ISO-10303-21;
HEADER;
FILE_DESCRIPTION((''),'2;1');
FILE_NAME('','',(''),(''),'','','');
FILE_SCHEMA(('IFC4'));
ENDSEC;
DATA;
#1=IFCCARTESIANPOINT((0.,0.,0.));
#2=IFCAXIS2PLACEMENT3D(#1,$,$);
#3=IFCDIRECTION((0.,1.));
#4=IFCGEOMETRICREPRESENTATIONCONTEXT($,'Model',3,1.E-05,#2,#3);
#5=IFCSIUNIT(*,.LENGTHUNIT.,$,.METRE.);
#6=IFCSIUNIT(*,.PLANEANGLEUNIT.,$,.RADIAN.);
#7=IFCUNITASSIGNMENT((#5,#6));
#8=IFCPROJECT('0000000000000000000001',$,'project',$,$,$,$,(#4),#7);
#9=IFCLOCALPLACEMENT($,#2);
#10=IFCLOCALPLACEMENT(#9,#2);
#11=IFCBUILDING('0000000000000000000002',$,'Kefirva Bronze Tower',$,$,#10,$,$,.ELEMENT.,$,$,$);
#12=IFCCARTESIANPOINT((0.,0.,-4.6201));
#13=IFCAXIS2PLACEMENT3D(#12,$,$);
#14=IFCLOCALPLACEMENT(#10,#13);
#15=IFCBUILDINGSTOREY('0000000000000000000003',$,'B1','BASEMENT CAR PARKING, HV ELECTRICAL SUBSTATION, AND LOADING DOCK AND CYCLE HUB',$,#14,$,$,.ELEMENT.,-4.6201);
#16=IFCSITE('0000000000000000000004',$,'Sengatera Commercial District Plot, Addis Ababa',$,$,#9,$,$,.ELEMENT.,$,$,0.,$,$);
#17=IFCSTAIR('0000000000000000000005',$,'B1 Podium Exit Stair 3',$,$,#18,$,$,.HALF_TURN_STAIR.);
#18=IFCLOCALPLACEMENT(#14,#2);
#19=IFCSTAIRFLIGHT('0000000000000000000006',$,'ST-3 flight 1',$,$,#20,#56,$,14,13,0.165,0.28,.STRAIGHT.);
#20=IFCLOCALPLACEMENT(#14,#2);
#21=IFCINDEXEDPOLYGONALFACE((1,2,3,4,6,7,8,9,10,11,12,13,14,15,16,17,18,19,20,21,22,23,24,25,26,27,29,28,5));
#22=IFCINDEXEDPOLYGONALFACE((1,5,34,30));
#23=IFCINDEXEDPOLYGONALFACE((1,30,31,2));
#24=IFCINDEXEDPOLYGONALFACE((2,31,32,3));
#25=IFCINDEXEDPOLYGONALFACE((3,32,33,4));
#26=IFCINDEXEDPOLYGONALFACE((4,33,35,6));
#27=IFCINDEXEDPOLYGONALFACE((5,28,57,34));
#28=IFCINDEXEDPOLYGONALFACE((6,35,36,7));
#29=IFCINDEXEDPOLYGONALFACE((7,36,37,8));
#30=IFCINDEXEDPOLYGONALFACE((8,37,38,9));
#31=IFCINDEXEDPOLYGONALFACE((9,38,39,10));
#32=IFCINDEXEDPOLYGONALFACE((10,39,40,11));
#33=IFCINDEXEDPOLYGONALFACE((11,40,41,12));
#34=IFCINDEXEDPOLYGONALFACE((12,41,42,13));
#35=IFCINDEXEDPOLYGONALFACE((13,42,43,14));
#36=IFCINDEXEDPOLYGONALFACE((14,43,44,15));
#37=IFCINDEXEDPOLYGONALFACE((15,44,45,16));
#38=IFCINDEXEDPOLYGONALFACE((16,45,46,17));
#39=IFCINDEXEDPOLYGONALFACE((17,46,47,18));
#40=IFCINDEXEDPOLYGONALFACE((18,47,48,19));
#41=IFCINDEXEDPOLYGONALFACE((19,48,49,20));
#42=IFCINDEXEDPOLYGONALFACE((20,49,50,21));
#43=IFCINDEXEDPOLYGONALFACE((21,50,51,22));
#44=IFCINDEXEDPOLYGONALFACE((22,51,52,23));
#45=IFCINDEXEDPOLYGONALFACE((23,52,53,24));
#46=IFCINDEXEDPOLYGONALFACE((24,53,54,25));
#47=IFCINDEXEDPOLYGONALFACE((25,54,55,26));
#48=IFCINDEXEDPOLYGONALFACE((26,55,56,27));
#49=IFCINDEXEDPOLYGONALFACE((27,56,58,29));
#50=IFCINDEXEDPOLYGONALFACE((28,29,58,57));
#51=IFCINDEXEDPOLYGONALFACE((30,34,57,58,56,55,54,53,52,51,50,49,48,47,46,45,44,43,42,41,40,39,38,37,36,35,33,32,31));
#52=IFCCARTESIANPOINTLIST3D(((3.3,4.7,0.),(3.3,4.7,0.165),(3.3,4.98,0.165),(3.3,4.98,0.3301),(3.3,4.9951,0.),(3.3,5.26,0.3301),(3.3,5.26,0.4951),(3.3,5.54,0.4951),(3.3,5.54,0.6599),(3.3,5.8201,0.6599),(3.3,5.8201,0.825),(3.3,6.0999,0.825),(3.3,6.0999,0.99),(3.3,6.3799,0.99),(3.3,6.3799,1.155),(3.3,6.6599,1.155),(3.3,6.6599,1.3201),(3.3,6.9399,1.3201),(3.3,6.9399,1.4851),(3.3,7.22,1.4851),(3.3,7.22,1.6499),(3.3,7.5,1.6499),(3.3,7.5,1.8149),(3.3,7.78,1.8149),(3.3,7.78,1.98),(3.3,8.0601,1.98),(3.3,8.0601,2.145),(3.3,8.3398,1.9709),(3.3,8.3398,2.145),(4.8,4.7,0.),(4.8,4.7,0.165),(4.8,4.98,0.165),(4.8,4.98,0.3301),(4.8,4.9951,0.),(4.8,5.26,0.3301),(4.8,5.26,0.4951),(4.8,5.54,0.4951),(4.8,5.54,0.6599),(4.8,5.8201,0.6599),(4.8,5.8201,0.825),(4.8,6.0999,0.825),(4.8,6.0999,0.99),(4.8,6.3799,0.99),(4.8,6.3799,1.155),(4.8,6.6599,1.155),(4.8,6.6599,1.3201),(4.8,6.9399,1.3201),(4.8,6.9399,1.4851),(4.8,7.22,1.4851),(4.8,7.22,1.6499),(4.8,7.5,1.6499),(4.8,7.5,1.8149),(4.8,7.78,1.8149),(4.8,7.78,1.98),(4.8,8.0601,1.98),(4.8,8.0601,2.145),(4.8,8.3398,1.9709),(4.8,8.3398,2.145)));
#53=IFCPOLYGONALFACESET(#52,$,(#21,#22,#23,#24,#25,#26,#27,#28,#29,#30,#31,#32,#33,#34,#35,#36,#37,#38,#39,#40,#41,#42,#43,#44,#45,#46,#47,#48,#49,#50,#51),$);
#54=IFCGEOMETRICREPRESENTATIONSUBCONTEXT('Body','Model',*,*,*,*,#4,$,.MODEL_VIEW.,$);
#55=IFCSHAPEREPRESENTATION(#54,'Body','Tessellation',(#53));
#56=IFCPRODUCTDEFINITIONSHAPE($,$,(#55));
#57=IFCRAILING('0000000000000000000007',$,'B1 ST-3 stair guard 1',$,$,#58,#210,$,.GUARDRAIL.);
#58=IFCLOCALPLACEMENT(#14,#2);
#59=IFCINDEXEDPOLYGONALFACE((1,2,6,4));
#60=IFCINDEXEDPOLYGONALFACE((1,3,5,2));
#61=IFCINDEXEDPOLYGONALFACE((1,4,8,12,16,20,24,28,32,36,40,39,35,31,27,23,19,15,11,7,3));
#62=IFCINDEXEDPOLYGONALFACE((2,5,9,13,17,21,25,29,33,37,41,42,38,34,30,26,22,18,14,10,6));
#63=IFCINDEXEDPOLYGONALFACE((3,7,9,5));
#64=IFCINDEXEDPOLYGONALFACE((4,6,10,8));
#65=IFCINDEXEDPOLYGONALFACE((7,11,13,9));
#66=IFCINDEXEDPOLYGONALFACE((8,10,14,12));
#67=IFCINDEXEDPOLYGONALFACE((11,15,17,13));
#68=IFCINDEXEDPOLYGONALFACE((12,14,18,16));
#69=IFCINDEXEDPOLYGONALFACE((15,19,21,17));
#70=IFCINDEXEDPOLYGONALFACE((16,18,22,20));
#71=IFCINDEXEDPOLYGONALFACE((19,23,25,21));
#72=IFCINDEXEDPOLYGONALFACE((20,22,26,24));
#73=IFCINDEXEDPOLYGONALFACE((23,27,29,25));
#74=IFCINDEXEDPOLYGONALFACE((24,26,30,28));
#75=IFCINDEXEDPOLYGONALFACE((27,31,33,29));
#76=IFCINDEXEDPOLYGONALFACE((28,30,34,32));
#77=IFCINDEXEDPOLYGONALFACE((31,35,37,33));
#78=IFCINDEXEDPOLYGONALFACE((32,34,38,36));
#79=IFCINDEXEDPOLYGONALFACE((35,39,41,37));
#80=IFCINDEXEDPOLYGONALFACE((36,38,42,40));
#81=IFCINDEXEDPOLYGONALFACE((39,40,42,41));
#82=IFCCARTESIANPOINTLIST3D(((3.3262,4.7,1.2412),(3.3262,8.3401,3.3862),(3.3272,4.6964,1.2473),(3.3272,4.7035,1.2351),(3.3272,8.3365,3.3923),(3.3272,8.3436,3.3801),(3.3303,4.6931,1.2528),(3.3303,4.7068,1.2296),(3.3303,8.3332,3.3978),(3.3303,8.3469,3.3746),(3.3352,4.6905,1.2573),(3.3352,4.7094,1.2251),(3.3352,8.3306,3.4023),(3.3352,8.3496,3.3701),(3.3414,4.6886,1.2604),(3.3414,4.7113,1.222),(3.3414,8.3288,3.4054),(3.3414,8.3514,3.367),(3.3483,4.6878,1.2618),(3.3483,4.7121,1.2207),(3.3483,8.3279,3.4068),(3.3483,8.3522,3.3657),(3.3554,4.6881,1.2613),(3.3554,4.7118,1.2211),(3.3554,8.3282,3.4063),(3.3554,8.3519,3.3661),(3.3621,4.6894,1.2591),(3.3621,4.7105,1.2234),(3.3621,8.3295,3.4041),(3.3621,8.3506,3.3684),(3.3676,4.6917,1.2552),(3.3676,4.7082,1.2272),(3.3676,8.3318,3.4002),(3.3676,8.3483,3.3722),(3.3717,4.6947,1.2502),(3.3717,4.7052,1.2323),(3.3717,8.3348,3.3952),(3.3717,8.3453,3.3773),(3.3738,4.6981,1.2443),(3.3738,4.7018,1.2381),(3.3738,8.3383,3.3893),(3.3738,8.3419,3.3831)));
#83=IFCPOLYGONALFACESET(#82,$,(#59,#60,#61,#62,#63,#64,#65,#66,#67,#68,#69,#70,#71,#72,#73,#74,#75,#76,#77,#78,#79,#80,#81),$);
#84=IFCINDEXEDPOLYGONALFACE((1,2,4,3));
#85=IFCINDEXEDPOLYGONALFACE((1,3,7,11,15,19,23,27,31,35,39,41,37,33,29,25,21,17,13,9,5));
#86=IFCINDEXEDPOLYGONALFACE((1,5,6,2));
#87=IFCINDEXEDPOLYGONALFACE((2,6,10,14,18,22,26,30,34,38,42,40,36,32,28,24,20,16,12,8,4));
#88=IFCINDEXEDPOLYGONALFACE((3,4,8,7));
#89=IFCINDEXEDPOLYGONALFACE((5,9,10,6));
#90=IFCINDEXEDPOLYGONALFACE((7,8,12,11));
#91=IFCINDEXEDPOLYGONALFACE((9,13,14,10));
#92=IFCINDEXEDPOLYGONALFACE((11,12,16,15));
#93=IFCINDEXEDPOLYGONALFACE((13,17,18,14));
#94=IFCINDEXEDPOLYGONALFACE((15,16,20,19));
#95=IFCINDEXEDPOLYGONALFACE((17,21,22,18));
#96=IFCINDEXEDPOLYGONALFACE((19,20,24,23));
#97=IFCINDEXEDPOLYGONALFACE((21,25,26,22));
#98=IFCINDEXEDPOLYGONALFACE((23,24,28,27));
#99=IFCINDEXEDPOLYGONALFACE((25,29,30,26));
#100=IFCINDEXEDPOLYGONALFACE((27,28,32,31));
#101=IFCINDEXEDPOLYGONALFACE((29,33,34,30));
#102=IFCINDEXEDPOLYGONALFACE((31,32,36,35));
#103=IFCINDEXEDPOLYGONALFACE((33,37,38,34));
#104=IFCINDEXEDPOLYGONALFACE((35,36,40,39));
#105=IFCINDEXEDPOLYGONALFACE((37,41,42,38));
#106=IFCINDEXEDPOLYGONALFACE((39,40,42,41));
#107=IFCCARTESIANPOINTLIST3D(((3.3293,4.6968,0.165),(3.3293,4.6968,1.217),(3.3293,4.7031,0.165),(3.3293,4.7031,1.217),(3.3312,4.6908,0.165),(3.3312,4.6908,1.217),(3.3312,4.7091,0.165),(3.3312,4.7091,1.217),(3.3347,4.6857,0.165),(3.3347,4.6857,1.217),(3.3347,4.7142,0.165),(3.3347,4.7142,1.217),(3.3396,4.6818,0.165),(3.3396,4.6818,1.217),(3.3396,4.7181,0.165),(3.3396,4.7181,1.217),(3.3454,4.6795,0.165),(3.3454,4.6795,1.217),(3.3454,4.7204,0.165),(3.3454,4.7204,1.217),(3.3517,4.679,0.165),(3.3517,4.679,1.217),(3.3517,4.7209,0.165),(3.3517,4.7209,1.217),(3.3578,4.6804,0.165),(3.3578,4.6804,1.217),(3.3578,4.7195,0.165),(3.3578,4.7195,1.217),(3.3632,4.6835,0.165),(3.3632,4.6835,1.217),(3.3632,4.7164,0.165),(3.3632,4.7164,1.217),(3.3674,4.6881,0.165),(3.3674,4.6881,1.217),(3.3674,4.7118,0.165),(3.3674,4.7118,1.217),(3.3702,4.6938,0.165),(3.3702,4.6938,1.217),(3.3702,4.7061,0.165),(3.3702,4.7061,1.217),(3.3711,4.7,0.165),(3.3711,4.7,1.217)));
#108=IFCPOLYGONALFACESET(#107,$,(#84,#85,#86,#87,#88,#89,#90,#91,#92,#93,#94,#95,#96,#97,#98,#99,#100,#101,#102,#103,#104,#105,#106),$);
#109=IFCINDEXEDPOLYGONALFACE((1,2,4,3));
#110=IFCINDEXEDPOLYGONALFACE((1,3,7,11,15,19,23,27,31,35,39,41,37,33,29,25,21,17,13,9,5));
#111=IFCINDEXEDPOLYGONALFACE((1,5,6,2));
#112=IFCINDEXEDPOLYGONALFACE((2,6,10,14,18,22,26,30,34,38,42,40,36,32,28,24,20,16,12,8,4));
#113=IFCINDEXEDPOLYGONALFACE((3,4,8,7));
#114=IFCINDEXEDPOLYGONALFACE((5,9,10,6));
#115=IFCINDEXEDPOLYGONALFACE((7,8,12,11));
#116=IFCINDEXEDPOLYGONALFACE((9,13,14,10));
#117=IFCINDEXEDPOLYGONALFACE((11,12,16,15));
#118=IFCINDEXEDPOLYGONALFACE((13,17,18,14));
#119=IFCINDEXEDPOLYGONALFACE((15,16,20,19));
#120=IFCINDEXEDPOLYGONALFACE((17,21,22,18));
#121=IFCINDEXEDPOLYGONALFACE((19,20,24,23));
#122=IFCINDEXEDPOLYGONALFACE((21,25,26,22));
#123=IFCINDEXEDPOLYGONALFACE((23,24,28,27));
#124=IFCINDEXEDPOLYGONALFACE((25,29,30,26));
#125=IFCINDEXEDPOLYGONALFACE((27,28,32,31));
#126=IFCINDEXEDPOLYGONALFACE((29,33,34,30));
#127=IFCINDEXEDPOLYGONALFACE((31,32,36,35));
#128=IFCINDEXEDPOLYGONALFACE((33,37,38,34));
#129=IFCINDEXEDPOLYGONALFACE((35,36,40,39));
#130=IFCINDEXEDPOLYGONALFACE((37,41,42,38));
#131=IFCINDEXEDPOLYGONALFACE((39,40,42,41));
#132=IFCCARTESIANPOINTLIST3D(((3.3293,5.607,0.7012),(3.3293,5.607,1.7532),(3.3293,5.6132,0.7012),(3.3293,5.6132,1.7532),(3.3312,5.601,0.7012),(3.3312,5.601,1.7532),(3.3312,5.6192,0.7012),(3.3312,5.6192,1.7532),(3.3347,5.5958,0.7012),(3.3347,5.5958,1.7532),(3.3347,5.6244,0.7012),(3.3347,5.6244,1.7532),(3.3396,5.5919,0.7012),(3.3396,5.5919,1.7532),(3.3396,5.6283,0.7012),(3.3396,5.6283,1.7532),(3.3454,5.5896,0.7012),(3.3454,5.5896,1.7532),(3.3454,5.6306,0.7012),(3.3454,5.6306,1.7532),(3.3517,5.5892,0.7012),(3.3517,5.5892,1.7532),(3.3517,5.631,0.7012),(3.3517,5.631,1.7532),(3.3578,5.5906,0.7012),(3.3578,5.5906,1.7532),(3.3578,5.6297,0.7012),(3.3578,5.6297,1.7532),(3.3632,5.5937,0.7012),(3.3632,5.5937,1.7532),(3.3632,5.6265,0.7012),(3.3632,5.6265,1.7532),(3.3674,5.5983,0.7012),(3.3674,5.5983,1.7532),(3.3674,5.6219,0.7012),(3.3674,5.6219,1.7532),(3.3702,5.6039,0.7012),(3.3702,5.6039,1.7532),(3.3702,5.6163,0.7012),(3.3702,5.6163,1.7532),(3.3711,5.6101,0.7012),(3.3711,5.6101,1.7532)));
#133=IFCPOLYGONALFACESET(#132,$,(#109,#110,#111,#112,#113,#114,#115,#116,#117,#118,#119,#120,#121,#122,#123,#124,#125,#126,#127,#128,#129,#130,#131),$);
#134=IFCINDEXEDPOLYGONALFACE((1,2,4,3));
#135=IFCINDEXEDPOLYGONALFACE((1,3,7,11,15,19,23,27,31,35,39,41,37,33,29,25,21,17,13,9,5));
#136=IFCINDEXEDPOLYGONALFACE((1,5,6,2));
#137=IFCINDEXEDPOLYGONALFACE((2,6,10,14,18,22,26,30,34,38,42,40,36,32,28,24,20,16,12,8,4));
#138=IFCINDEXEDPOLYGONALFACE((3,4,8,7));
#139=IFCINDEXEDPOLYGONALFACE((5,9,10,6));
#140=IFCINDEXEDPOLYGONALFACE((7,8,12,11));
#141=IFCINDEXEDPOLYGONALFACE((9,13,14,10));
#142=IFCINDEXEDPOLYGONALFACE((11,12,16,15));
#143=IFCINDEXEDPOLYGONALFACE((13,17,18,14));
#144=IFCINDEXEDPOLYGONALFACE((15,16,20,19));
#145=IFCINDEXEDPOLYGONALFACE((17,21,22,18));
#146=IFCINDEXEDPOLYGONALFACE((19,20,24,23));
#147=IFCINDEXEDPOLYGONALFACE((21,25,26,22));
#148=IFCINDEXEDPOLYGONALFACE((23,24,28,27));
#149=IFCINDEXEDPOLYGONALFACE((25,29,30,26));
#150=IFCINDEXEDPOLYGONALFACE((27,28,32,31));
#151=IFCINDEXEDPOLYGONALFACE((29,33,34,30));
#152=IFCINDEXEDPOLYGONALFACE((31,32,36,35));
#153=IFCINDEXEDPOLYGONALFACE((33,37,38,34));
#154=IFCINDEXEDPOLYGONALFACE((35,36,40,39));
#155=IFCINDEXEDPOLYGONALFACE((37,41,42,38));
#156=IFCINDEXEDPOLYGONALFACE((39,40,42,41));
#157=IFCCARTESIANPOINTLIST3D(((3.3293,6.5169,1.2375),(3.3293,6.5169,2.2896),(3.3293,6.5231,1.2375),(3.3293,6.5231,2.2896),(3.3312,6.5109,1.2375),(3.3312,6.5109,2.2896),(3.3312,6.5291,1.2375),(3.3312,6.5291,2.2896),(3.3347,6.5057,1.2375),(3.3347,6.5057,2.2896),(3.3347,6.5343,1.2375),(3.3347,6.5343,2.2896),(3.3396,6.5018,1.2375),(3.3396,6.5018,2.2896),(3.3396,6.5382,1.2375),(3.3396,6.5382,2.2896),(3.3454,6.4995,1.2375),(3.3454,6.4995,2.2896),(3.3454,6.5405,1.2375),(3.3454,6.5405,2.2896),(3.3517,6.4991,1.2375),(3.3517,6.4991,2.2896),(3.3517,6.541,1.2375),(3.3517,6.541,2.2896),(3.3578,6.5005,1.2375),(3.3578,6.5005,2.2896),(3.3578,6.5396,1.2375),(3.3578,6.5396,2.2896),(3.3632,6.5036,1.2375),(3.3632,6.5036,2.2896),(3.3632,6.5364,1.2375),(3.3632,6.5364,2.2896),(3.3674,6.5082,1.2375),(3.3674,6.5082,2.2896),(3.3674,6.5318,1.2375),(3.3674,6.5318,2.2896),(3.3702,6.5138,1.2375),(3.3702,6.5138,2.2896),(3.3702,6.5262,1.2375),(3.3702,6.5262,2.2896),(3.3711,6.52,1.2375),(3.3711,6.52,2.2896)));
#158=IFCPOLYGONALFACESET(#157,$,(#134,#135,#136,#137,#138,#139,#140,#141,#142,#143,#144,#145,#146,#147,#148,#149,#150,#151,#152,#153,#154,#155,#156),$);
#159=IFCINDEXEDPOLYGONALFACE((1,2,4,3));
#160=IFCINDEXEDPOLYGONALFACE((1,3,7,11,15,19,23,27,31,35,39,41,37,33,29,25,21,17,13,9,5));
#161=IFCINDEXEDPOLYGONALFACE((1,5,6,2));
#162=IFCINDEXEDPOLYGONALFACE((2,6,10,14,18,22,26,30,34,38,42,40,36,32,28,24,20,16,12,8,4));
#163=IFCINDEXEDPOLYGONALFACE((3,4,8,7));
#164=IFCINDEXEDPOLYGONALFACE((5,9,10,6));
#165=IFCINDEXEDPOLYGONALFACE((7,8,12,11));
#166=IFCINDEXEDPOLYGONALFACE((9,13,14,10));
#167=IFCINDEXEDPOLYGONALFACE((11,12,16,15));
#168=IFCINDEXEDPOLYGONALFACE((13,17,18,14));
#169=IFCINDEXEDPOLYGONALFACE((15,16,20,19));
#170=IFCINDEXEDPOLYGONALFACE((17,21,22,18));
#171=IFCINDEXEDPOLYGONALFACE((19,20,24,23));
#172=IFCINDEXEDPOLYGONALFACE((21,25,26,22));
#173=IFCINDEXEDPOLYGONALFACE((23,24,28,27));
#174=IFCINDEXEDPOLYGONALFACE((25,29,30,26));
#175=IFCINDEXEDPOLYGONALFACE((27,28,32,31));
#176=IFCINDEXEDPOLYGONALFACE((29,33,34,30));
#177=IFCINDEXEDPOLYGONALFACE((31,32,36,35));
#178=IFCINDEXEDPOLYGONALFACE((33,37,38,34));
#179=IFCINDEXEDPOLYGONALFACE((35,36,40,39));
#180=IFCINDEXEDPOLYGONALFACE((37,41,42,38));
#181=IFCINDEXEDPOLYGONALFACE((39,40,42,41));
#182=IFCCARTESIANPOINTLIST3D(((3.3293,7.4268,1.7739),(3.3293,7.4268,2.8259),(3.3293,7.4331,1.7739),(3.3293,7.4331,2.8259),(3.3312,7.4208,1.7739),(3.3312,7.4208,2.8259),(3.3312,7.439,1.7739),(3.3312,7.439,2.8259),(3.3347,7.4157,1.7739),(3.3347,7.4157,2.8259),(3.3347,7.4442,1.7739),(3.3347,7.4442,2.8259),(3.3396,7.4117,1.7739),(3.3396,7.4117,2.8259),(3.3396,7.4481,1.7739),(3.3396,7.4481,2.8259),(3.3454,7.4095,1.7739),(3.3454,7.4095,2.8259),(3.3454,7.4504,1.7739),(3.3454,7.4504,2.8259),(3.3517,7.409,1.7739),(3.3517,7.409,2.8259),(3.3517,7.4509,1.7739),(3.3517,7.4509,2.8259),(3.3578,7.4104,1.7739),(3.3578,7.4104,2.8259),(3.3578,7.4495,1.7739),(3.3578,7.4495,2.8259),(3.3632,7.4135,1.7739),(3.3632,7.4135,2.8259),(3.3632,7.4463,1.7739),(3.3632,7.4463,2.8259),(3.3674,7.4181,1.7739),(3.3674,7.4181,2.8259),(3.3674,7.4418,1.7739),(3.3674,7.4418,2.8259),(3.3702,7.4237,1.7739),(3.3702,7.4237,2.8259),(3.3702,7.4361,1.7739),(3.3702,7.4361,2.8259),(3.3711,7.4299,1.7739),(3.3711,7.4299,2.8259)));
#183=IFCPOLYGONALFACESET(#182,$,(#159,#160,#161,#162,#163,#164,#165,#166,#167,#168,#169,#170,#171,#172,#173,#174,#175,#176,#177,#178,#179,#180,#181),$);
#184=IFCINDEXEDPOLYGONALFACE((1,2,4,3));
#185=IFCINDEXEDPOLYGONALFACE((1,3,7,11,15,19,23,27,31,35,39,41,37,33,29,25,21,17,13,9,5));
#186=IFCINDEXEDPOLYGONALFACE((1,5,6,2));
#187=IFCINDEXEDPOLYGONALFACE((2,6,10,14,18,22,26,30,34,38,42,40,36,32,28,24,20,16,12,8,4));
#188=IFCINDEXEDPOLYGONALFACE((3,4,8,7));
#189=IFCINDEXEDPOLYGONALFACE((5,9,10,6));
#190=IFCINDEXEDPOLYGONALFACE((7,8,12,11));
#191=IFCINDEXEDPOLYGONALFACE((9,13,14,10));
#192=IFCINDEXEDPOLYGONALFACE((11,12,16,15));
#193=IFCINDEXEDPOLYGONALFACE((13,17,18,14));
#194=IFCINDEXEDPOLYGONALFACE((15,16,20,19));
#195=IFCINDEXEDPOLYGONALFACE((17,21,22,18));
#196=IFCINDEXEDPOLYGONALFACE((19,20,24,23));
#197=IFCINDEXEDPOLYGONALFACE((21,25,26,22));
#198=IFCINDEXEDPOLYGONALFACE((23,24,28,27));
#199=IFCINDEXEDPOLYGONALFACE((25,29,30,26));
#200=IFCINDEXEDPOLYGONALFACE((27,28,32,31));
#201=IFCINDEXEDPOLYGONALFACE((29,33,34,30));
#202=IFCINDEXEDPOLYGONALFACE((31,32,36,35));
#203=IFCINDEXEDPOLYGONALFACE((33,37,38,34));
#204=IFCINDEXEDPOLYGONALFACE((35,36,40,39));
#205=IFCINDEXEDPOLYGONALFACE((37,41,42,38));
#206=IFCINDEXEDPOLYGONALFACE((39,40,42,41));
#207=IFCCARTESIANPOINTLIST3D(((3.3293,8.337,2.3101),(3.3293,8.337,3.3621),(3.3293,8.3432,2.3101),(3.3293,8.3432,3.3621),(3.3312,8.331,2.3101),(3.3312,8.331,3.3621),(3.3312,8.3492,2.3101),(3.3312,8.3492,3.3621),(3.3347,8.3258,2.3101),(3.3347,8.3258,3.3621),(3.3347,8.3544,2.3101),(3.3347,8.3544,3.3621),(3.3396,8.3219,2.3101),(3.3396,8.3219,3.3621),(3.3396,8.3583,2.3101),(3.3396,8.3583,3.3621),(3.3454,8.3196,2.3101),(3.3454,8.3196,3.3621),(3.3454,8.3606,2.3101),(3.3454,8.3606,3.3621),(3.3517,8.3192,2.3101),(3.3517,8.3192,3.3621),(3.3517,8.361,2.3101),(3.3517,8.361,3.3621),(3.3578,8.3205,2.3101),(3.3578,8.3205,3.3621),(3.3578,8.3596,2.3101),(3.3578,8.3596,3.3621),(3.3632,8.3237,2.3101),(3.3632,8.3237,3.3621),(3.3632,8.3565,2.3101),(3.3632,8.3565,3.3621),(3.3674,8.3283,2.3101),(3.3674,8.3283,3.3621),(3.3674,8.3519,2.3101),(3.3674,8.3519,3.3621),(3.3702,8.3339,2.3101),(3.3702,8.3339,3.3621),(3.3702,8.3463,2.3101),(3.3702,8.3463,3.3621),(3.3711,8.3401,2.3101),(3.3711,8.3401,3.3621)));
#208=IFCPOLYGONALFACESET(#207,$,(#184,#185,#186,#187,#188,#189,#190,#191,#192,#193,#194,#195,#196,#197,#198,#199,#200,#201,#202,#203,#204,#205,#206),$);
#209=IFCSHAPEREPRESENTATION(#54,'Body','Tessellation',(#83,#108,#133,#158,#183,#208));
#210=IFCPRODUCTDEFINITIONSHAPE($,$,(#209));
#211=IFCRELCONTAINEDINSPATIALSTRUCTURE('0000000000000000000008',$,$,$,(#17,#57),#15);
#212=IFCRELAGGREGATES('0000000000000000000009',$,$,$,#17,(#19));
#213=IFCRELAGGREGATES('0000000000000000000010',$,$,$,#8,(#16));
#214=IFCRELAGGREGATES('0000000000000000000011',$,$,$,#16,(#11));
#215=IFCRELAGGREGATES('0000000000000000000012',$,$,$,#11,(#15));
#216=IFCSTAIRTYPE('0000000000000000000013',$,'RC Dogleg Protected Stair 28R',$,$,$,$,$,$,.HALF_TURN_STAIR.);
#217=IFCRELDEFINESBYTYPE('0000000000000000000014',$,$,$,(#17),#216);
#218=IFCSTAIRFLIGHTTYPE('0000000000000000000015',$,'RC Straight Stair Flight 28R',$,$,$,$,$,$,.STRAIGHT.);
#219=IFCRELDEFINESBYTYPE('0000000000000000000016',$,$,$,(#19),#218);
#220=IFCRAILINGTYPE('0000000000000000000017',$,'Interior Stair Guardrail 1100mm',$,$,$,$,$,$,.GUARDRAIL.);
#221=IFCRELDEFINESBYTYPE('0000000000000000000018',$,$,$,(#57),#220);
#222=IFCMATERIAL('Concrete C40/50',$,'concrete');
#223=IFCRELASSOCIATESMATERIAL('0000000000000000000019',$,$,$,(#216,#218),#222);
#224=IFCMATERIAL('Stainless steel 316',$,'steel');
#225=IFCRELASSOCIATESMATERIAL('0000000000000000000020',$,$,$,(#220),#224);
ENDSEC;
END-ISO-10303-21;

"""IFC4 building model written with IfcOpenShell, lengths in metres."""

from ifc_helpers import new_model, si_unit, direction, frame, origin, origin_2d, place, context, subcontext, project, spatial, polyline, circle, outline, extrude, material, type_object, element, aggregate, save


model = new_model("IFC4")

# Units and contexts
model_context = context("Model", 3, precision=1e-05, world=origin(), true_north=direction((0.0, 1.0)))
body_context = subcontext(model_context, "Body", "Model", "MODEL_VIEW")
ifc_project = project(units=[si_unit("LENGTHUNIT", "METRE"), si_unit("PLANEANGLEUNIT", "RADIAN")], contexts=[model_context])

# Site, building, storey
site_placement = place(None, origin())
site = spatial("IfcSite", under=ifc_project, at=site_placement, Name="Sengatera Commercial District Plot, Addis Ababa", CompositionType="ELEMENT", RefElevation=0.0)
building_placement = place(site_placement, origin())
building = spatial("IfcBuilding", under=site, at=building_placement, Name="Kefirva Bronze Tower", CompositionType="ELEMENT")
storey_placement = place(building_placement, frame((0.0, 0.0, -4.6201)))
storey = spatial("IfcBuildingStorey", under=building, at=storey_placement, Name="B1", Description="BASEMENT CAR PARKING, HV ELECTRICAL SUBSTATION, AND LOADING DOCK AND CYCLE HUB", CompositionType="ELEMENT", Elevation=-4.6201)

# Stair, stair flight
ifc_material_1 = material(Name="Concrete C40/50", Category="concrete")
stair_type = type_object("IfcStairType", Name="RC Dogleg Protected Stair 28R", PredefinedType="HALF_TURN_STAIR", material=ifc_material_1)
stair_placement = place(storey_placement, origin())
stair = element("IfcStair", 1, at=stair_placement, inside=storey, type_object=stair_type, Name="B1 Podium Exit Stair 3", PredefinedType="HALF_TURN_STAIR")
stair_flight_type = type_object("IfcStairFlightType", Name="RC Straight Stair Flight 28R", PredefinedType="STRAIGHT", material=ifc_material_1)
stair_flight_placement = place(storey_placement, frame((4.05, 4.7, 0.0), z_axis=(0.0, 0.0, 1.0), x_axis=(0.0, 1.0, 0.0)))
stair_flight = element("IfcStairFlight", 2, at=stair_flight_placement, type_object=stair_flight_type, Name="ST-3 flight 1", NumberOfRisers=14, NumberOfTreads=13, PredefinedType="STRAIGHT", RiserHeight=0.165, TreadLength=0.28, context=body_context, shape_type="SweptSolid", body=[
    extrude(outline(polyline([(0.0, 0.0), (0.0, 0.165), (0.28, 0.165), (0.28, 0.3301), (0.5601, 0.3301), (0.5601, 0.4951), (0.8401, 0.4951), (0.8401, 0.6599), (1.1201, 0.6599), (1.1201, 0.825), (1.3999, 0.825), (1.3999, 0.99), (1.6799, 0.99), (1.6799, 1.155), (1.96, 1.155), (1.96, 1.3201), (2.24, 1.3201), (2.24, 1.4851), (2.52, 1.4851), (2.52, 1.6499), (2.8, 1.6499), (2.8, 1.8149), (3.0801, 1.8149), (3.0801, 1.98), (3.3601, 1.98), (3.3601, 2.145), (3.6399, 2.145), (3.6399, 2.3101), (3.6399, 1.9709), (0.2952, 0.0), (0.0, 0.0)])), frame((0.0, 0.75, 0.0), z_axis=(0.0, -1.0, 0.0), x_axis=(1.0, 0.0, 0.0)), (0.0, 0.0, 1.0), 1.5),
])
aggregate(stair, [stair_flight])

# Railing
ifc_material_2 = material(Name="Stainless steel 316", Category="steel")
railing_type_1 = type_object("IfcRailingType", Name="Interior Stair Guardrail 1100mm", PredefinedType="GUARDRAIL", material=ifc_material_2)
railing_1_placement = place(storey_placement, frame((3.3501, 4.7, 0.165)))
element("IfcRailing", 3, at=railing_1_placement, inside=storey, type_object=railing_type_1, Name="B1 ST-3 stair guard 1", PredefinedType="GUARDRAIL", context=body_context, shape_type="SweptSolid", body=[
    extrude(circle(Radius=0.0239, at=origin_2d()), frame((0.0, 0.0, 1.0762), z_axis=(0.0, 0.861545, 0.507682), x_axis=(-1.0, 0.0, 0.0)), (0.0, 0.0, 1.0), 4.2251),
    extrude(circle(Radius=0.021, at=origin_2d()), origin(), (0.0, 0.0, 1.0), 1.052),
    extrude(circle(Radius=0.021, at=origin_2d()), frame((0.0, 0.9102, 0.5361)), (0.0, 0.0, 1.0), 1.052),
    extrude(circle(Radius=0.021, at=origin_2d()), frame((0.0, 1.8201, 1.0725)), (0.0, 0.0, 1.0), 1.052),
    extrude(circle(Radius=0.021, at=origin_2d()), frame((0.0, 2.73, 1.6089)), (0.0, 0.0, 1.0), 1.052),
    extrude(circle(Radius=0.021, at=origin_2d()), frame((0.0, 3.6401, 2.145)), (0.0, 0.0, 1.0), 1.052),
])

save(model, "model.ifc")
